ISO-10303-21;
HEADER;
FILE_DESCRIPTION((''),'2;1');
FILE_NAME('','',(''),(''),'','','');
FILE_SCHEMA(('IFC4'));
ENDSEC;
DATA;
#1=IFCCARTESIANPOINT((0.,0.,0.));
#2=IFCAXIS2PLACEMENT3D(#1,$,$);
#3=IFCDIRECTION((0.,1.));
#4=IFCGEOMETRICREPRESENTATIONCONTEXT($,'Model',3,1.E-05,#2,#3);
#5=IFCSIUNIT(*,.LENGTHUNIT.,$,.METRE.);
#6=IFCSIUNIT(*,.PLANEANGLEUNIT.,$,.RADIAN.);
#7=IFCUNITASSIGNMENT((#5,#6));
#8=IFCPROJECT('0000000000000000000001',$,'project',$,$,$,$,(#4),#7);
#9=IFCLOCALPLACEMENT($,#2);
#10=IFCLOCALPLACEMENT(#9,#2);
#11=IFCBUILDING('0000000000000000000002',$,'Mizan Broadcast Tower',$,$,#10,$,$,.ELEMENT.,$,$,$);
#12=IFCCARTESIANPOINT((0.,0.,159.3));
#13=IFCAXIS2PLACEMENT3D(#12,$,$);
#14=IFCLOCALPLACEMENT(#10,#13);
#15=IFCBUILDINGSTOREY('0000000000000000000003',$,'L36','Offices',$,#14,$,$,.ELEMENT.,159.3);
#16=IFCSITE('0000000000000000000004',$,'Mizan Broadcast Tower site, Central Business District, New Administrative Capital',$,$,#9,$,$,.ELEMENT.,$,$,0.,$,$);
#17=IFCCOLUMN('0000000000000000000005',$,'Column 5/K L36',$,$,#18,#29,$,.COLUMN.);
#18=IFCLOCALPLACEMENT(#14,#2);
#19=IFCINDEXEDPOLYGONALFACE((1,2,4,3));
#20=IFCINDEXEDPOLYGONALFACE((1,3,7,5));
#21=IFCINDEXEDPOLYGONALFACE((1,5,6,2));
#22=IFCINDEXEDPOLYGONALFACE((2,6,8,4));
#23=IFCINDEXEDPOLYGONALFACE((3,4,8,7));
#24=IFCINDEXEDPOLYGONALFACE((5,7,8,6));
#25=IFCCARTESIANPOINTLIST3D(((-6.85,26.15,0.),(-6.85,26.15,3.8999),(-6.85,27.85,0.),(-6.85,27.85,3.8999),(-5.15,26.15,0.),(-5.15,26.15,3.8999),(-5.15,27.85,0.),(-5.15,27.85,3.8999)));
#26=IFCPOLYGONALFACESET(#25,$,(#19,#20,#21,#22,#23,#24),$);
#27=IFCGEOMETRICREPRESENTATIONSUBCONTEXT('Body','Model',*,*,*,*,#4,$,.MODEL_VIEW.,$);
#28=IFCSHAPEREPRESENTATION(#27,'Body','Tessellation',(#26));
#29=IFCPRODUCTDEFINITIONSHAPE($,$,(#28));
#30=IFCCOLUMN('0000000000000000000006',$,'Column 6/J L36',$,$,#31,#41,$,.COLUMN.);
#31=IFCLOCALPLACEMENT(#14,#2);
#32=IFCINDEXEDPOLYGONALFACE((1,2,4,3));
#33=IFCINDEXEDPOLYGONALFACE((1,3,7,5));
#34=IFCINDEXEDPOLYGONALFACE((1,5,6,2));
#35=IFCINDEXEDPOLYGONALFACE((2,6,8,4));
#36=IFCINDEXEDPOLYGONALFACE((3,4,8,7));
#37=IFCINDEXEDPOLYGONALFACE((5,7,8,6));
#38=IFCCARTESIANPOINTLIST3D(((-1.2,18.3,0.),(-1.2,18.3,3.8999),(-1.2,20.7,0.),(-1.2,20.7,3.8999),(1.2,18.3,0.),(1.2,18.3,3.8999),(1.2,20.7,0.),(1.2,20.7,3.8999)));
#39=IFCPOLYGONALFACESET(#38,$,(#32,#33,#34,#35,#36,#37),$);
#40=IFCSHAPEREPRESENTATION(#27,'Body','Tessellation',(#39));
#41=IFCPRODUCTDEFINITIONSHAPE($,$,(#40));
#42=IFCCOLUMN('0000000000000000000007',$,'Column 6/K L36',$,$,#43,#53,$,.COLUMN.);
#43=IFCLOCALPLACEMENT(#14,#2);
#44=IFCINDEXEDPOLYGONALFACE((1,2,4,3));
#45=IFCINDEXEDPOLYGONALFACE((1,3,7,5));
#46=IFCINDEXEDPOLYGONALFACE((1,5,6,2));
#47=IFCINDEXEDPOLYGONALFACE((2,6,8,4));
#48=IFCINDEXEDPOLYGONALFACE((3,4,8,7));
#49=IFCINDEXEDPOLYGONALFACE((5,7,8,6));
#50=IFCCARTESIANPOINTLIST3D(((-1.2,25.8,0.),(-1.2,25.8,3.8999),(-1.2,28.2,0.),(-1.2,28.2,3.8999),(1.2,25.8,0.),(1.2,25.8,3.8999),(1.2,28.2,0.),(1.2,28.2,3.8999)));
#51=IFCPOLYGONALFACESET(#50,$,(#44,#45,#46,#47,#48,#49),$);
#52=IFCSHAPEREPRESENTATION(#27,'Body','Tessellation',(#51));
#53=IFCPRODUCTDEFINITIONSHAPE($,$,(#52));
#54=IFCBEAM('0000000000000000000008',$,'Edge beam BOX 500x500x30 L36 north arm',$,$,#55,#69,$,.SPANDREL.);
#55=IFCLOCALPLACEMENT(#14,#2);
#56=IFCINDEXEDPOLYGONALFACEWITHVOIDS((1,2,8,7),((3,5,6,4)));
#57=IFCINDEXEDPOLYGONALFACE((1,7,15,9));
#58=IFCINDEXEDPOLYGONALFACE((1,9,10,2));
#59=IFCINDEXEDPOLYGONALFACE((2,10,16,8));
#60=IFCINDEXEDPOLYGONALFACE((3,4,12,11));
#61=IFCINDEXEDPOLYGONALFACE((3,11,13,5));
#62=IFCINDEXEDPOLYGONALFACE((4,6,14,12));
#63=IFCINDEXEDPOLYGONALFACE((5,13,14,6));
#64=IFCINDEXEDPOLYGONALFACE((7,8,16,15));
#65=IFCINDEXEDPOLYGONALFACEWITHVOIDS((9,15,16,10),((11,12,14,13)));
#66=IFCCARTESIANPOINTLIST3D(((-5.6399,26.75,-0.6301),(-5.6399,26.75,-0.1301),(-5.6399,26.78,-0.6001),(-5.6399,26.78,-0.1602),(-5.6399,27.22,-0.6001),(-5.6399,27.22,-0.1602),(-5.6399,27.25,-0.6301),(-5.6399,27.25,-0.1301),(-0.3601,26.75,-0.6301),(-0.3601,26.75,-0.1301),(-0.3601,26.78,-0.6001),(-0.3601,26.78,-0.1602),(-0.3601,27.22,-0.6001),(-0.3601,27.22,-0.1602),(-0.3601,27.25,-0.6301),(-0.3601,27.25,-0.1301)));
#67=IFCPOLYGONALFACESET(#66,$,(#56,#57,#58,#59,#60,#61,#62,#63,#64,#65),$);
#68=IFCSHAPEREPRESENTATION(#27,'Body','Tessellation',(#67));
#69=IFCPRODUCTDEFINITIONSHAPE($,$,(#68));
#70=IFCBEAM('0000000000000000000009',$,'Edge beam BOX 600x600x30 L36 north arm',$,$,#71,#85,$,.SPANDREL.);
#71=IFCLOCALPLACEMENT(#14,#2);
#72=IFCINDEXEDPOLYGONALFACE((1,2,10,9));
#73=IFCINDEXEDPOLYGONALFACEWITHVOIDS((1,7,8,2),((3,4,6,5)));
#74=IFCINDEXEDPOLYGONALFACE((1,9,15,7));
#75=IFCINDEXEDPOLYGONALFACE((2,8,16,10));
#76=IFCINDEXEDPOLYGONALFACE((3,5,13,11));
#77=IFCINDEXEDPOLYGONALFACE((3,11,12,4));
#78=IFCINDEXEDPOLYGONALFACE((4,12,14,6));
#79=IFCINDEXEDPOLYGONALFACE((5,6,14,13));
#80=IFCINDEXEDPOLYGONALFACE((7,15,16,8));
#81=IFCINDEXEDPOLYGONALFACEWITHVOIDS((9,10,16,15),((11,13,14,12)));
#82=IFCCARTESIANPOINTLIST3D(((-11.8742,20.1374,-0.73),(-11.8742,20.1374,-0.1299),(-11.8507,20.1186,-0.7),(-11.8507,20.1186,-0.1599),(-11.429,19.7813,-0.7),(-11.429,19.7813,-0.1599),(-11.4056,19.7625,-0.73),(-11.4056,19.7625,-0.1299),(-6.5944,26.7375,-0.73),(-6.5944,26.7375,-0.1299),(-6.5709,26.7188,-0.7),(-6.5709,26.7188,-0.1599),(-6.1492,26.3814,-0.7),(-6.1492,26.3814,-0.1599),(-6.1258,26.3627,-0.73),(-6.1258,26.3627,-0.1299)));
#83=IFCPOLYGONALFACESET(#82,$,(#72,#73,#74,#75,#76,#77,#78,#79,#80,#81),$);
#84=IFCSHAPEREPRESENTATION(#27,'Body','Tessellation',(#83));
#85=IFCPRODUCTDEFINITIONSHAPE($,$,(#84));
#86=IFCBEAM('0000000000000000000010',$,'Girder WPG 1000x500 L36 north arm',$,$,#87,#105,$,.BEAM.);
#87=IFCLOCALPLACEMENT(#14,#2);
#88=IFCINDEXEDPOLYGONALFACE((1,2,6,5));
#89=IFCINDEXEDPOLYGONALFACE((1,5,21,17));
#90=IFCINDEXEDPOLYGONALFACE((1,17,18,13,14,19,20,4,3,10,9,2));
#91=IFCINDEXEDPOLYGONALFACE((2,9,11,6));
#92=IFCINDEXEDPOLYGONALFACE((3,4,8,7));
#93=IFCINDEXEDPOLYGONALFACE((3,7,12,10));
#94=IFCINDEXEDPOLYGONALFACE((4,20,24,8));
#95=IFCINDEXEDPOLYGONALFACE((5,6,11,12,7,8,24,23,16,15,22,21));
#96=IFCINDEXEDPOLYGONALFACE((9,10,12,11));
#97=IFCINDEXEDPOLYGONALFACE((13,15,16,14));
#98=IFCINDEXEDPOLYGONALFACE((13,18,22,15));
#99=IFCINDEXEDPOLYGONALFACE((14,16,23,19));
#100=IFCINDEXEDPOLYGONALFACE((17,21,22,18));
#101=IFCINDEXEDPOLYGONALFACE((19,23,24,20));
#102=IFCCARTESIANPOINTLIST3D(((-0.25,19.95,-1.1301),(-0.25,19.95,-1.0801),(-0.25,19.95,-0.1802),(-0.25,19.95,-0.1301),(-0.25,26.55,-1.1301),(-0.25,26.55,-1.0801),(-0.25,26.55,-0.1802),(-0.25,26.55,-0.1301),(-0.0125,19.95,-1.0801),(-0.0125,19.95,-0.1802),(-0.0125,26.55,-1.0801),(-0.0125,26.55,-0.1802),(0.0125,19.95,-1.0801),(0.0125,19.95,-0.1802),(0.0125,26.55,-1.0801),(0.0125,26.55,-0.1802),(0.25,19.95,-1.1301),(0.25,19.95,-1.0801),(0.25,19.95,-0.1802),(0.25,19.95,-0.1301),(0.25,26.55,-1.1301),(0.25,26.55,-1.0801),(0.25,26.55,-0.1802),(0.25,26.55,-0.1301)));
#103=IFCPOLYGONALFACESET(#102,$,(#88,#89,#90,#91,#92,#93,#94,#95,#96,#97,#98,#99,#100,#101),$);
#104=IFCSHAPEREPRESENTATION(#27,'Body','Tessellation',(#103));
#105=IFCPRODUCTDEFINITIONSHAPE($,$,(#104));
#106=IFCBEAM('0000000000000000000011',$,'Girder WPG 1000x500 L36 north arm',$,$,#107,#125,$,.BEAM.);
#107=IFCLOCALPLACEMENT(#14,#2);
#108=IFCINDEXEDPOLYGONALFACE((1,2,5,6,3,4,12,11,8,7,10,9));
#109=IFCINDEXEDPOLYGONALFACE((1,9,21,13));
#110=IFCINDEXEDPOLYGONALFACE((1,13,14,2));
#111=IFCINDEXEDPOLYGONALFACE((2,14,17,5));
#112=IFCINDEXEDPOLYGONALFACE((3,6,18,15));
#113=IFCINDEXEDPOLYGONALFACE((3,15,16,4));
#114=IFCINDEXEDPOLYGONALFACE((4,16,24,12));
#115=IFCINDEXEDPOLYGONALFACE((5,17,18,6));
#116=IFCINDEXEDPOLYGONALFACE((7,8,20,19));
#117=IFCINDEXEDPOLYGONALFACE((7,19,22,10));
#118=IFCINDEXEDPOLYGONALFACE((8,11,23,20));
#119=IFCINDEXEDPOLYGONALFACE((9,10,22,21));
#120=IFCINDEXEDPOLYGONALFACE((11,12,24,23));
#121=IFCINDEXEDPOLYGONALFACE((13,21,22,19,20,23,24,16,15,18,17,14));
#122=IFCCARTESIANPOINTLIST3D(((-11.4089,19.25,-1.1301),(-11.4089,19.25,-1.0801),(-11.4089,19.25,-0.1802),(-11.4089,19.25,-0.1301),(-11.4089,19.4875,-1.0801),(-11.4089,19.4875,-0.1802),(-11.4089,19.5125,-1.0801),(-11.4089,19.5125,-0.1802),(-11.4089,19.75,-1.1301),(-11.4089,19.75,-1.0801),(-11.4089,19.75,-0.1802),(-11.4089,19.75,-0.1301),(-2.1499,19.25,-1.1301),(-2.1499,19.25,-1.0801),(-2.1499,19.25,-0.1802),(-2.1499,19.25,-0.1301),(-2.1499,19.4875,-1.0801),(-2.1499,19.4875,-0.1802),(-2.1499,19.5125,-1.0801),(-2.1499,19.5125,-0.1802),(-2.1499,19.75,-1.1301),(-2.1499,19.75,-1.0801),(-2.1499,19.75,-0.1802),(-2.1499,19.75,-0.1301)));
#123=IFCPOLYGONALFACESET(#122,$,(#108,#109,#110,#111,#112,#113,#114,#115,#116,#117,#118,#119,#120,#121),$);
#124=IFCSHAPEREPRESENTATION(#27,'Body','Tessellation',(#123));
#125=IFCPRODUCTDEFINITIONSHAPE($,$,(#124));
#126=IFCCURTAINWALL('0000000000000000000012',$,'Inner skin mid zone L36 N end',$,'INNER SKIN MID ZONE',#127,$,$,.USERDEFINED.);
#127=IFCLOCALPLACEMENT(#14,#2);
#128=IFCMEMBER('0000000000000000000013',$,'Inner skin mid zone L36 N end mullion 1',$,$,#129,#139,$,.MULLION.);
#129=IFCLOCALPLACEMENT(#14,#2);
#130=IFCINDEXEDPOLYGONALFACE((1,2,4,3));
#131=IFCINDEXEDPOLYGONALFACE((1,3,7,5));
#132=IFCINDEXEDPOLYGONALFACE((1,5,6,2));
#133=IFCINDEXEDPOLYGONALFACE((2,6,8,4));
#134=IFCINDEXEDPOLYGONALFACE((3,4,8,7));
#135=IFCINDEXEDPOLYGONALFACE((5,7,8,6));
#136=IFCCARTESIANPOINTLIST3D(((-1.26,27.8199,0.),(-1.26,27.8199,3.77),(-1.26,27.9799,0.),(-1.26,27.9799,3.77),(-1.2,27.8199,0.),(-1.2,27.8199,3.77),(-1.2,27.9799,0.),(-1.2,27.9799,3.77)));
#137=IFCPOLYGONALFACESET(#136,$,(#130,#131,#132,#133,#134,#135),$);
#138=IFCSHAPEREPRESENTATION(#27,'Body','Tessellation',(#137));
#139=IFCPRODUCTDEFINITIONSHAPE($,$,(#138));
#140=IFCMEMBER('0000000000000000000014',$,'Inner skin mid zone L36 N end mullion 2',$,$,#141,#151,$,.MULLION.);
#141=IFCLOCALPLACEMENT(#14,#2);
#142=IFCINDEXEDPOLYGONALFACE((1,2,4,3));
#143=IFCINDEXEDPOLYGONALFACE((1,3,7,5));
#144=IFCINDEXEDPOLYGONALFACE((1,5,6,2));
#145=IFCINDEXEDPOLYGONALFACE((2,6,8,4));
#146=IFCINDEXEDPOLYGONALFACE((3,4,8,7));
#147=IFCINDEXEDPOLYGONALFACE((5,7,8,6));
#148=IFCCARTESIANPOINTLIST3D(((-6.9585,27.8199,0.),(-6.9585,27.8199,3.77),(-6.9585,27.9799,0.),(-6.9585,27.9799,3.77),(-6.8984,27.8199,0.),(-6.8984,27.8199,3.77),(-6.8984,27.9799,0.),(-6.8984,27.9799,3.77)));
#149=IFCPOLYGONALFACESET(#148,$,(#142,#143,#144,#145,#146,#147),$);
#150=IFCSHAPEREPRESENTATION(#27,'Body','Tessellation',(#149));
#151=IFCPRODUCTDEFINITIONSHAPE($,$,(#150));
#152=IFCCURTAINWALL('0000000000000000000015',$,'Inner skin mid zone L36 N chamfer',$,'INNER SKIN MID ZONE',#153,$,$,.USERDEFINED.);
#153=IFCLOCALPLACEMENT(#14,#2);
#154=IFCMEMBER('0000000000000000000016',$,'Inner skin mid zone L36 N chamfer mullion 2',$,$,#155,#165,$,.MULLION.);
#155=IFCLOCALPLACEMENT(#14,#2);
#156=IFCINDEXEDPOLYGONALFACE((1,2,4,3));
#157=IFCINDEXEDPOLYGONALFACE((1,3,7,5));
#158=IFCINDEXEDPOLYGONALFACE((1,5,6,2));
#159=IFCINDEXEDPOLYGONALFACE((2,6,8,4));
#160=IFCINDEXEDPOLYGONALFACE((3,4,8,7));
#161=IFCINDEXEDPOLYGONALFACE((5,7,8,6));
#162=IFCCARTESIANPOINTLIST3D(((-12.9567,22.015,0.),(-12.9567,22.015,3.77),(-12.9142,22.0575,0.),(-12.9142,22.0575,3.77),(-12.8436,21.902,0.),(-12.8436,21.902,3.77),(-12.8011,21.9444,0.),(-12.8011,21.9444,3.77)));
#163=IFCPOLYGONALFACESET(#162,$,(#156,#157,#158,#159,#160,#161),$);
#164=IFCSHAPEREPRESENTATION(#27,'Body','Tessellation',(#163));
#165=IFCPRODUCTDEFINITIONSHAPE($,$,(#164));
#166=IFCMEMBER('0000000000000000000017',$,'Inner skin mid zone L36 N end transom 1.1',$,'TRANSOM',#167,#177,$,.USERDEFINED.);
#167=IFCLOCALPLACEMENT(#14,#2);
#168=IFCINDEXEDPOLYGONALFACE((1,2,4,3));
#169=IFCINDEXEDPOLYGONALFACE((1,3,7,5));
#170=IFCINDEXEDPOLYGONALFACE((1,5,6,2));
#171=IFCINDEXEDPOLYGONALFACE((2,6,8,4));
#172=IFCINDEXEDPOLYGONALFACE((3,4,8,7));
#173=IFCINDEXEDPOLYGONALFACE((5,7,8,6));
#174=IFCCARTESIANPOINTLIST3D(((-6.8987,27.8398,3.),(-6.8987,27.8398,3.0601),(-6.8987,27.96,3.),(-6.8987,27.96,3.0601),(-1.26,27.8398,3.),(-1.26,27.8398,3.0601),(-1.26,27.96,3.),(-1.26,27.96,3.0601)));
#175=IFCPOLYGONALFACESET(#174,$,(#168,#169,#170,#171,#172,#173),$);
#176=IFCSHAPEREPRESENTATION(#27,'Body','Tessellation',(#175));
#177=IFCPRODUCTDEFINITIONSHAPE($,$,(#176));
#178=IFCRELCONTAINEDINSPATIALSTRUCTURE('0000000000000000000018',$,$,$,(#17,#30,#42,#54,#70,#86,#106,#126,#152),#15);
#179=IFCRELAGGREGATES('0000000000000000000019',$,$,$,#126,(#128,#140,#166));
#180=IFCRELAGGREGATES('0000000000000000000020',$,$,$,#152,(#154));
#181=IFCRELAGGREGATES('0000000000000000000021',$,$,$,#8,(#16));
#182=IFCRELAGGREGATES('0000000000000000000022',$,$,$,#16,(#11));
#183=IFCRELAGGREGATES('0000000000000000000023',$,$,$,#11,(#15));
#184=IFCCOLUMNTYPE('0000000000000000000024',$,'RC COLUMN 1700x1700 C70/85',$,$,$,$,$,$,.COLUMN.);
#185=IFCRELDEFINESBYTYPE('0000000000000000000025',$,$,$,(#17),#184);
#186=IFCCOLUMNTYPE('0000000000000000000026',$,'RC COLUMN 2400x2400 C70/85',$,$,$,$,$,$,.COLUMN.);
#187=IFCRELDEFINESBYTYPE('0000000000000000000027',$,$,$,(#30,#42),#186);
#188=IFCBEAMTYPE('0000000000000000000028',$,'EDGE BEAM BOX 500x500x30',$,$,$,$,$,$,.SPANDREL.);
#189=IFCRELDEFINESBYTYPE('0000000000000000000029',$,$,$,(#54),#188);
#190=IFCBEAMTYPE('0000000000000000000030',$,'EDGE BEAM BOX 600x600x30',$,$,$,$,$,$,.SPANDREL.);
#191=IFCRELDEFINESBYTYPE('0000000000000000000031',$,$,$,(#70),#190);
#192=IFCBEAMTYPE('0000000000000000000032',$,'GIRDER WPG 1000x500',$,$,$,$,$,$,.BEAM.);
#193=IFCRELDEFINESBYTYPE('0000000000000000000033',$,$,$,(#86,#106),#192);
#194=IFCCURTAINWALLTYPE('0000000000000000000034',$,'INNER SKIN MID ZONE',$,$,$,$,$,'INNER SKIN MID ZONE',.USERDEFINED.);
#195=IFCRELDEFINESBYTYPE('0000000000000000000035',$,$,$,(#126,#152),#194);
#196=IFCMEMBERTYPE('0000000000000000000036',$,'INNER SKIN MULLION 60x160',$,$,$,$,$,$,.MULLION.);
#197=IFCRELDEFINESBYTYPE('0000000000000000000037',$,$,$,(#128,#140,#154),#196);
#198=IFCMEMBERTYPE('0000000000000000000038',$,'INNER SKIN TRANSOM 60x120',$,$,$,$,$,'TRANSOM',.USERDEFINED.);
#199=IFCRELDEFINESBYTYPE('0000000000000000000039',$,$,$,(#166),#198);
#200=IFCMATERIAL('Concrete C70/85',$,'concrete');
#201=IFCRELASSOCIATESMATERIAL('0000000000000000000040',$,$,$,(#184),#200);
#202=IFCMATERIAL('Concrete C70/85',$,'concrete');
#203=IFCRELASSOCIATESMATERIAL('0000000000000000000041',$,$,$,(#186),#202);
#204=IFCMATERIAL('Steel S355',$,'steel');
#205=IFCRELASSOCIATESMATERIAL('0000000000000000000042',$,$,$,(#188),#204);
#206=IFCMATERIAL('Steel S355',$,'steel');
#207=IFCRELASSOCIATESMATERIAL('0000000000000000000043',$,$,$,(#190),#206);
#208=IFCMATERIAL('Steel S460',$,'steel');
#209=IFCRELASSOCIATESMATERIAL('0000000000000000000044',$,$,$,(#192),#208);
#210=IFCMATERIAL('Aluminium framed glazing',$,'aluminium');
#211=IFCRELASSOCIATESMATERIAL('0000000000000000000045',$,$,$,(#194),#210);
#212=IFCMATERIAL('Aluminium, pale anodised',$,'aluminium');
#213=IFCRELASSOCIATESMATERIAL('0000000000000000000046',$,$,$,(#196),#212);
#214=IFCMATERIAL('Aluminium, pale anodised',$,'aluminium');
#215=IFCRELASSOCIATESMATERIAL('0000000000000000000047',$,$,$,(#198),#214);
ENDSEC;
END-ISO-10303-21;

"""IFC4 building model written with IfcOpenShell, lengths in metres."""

from ifc_helpers import new_model, si_unit, direction, frame, origin, origin_2d, place, context, subcontext, project, spatial, rectangle, hollow_rectangle, i_section, extrude, material, material_profile, profile_set, type_object, element, aggregate, save


model = new_model("IFC4")

# Units and contexts
model_context = context("Model", 3, precision=1e-05, world=origin(), true_north=direction((0.0, 1.0)))
body_context = subcontext(model_context, "Body", "Model", "MODEL_VIEW")
ifc_project = project(units=[si_unit("LENGTHUNIT", "METRE"), si_unit("PLANEANGLEUNIT", "RADIAN")], contexts=[model_context])

# Site, building, storey
site_placement = place(None, origin())
site = spatial("IfcSite", under=ifc_project, at=site_placement, Name="Mizan Broadcast Tower site, Central Business District, New Administrative Capital", CompositionType="ELEMENT", RefElevation=0.0)
building_placement = place(site_placement, origin())
building = spatial("IfcBuilding", under=site, at=building_placement, Name="Mizan Broadcast Tower", CompositionType="ELEMENT")
storey_placement = place(building_placement, frame((0.0, 0.0, 159.3)))
storey = spatial("IfcBuildingStorey", under=building, at=storey_placement, Name="L36", Description="Offices", CompositionType="ELEMENT", Elevation=159.3)

# Columns
ifc_material_1 = material(Name="Concrete C70/85", Category="concrete")
ifc_material_profile_1 = material_profile(ifc_material_1, rectangle(XDim=1.7, YDim=1.7, at=origin_2d()), Name="RC 1700x1700")
ifc_profile_set_1 = profile_set([ifc_material_profile_1], Name="Concrete C70/85")
column_type_1 = type_object("IfcColumnType", Name="RC COLUMN 1700x1700 C70/85", PredefinedType="COLUMN", material=ifc_profile_set_1)
column_placement = place(storey_placement, frame((-6.0, 27.0, 0.0), z_axis=(0.0, 0.0, 1.0), x_axis=(1.0, 0.0, 0.0)))
element("IfcColumn", 1, at=column_placement, inside=storey, type_object=column_type_1, Name="Column 5/K L36", PredefinedType="COLUMN", context=body_context, shape_type="SweptSolid", body=[
    extrude(rectangle(XDim=1.7, YDim=1.7, at=origin_2d()), origin(), (0.0, 0.0, 1.0), 3.8999),
])
ifc_material_2 = material(Name="Concrete C70/85", Category="concrete")
ifc_material_profile_2 = material_profile(ifc_material_2, rectangle(XDim=2.3999, YDim=2.3999, at=origin_2d()), Name="RC 2400x2400")
ifc_profile_set_2 = profile_set([ifc_material_profile_2], Name="Concrete C70/85")
column_type_2 = type_object("IfcColumnType", Name="RC COLUMN 2400x2400 C70/85", PredefinedType="COLUMN", material=ifc_profile_set_2)
for number, where, z_axis, x_axis, name in (
    (2, (0.0, 19.5, 0.0), (0.0, 0.0, 1.0), (1.0, 0.0, 0.0), "Column 6/J L36"),
    (3, (0.0, 27.0, 0.0), (0.0, 0.0, 1.0), (1.0, 0.0, 0.0), "Column 6/K L36"),
):
    element("IfcColumn", number, at=place(storey_placement, frame(where, z_axis=z_axis, x_axis=x_axis)), inside=storey, type_object=column_type_2, Name=name, PredefinedType="COLUMN", context=body_context, shape_type="SweptSolid", body=[
        extrude(rectangle(XDim=2.3999, YDim=2.3999, at=origin_2d()), origin(), (0.0, 0.0, 1.0), 3.8999),
    ])

# Beams
ifc_material_3 = material(Name="Steel S355", Category="steel")
ifc_material_profile_3 = material_profile(ifc_material_3, hollow_rectangle(XDim=0.5, YDim=0.5, WallThickness=0.03, at=origin_2d()), Name="BOX 500x500x30")
ifc_profile_set_3 = profile_set([ifc_material_profile_3], Name="Steel S355")
beam_type_1 = type_object("IfcBeamType", Name="EDGE BEAM BOX 500x500x30", PredefinedType="SPANDREL", material=ifc_profile_set_3)
beam_1_placement = place(storey_placement, frame((-5.6399, 27.0, -0.3801), z_axis=(1.0, 0.0, 0.0), x_axis=(0.0, 1.0, 0.0)))
element("IfcBeam", 4, at=beam_1_placement, inside=storey, type_object=beam_type_1, Name="Edge beam BOX 500x500x30 L36 north arm", PredefinedType="SPANDREL", context=body_context, shape_type="SweptSolid", body=[
    extrude(hollow_rectangle(XDim=0.5, YDim=0.5, WallThickness=0.03, at=origin_2d()), origin(), (0.0, 0.0, 1.0), 5.2798),
])
ifc_material_4 = material(Name="Steel S355", Category="steel")
ifc_material_profile_4 = material_profile(ifc_material_4, hollow_rectangle(XDim=0.6001, YDim=0.6001, WallThickness=0.03, at=origin_2d()), Name="BOX 600x600x30")
ifc_profile_set_4 = profile_set([ifc_material_profile_4], Name="Steel S355")
beam_type_2 = type_object("IfcBeamType", Name="EDGE BEAM BOX 600x600x30", PredefinedType="SPANDREL", material=ifc_profile_set_4)
beam_2_placement = place(storey_placement, frame((-11.6399, 19.95, -0.4299), z_axis=(0.624674, 0.780886, 0.0), x_axis=(-0.780886, 0.624674, 0.0)))
element("IfcBeam", 5, at=beam_2_placement, inside=storey, type_object=beam_type_2, Name="Edge beam BOX 600x600x30 L36 north arm", PredefinedType="SPANDREL", context=body_context, shape_type="SweptSolid", body=[
    extrude(hollow_rectangle(XDim=0.6001, YDim=0.6001, WallThickness=0.03, at=origin_2d()), origin(), (0.0, 0.0, 1.0), 8.4521),
])
ifc_material_5 = material(Name="Steel S460", Category="steel")
ifc_material_profile_5 = material_profile(ifc_material_5, i_section(OverallWidth=0.5, OverallDepth=1.0, WebThickness=0.0249, FlangeThickness=0.05, at=origin_2d()), Name="WPG 1000x500")
ifc_profile_set_5 = profile_set([ifc_material_profile_5], Name="Steel S460")
beam_type_3 = type_object("IfcBeamType", Name="GIRDER WPG 1000x500", PredefinedType="BEAM", material=ifc_profile_set_5)
beam_3_placement = place(storey_placement, frame((0.0, 19.95, -0.6301), z_axis=(0.0, 1.0, 0.0), x_axis=(-1.0, 0.0, 0.0)))
element("IfcBeam", 6, at=beam_3_placement, inside=storey, type_object=beam_type_3, Name="Girder WPG 1000x500 L36 north arm", PredefinedType="BEAM", context=body_context, shape_type="SweptSolid", body=[
    extrude(i_section(OverallWidth=0.5, OverallDepth=1.0, WebThickness=0.0249, FlangeThickness=0.05, at=origin_2d()), origin(), (0.0, 0.0, 1.0), 6.6001),
])
beam_4_placement = place(storey_placement, frame((-11.4089, 19.5, -0.6301), z_axis=(1.0, 0.0, 0.0), x_axis=(0.0, 1.0, 0.0)))
element("IfcBeam", 7, at=beam_4_placement, inside=storey, type_object=beam_type_3, Name="Girder WPG 1000x500 L36 north arm", PredefinedType="BEAM", context=body_context, shape_type="SweptSolid", body=[
    extrude(i_section(OverallWidth=0.5, OverallDepth=1.0, WebThickness=0.0249, FlangeThickness=0.05, at=origin_2d()), origin(), (0.0, 0.0, 1.0), 9.259),
])

# Curtain wall, members
ifc_material_6 = material(Name="Aluminium framed glazing", Category="aluminium")
curtain_wall_type_1 = type_object("IfcCurtainWallType", Name="INNER SKIN MID ZONE", ElementType="INNER SKIN MID ZONE", PredefinedType="USERDEFINED", material=ifc_material_6)
curtain_wall_1_placement = place(storey_placement, origin())
curtain_wall_1 = element("IfcCurtainWall", 8, at=curtain_wall_1_placement, inside=storey, type_object=curtain_wall_type_1, Name="Inner skin mid zone L36 N end", ObjectType="INNER SKIN MID ZONE", PredefinedType="USERDEFINED")
ifc_material_7 = material(Name="Aluminium, pale anodised", Category="aluminium")
ifc_material_profile_6 = material_profile(ifc_material_7, rectangle(XDim=0.1599, YDim=0.0601, at=origin_2d()), Name="MULLION 160x60")
ifc_profile_set_6 = profile_set([ifc_material_profile_6], Name="Aluminium, pale anodised")
member_type_1 = type_object("IfcMemberType", Name="INNER SKIN MULLION 60x160", PredefinedType="MULLION", material=ifc_profile_set_6)
member_1_placement = place(storey_placement, frame((-1.23, 27.8999, 0.0), z_axis=(0.0, 0.0, 1.0), x_axis=(0.0, -1.0, 0.0)))
member_1 = element("IfcMember", 9, at=member_1_placement, type_object=member_type_1, Name="Inner skin mid zone L36 N end mullion 1", PredefinedType="MULLION", context=body_context, shape_type="SweptSolid", body=[
    extrude(rectangle(XDim=0.1599, YDim=0.0601, at=origin_2d()), origin(), (0.0, 0.0, 1.0), 3.77),
])
member_2_placement = place(storey_placement, frame((-6.9285, 27.8999, 0.0), z_axis=(0.0, 0.0, 1.0), x_axis=(0.0, -1.0, 0.0)))
member_2 = element("IfcMember", 10, at=member_2_placement, type_object=member_type_1, Name="Inner skin mid zone L36 N end mullion 2", PredefinedType="MULLION", context=body_context, shape_type="SweptSolid", body=[
    extrude(rectangle(XDim=0.1599, YDim=0.0601, at=origin_2d()), origin(), (0.0, 0.0, 1.0), 3.77),
])

# Curtain wall, member
curtain_wall_2_placement = place(storey_placement, origin())
curtain_wall_2 = element("IfcCurtainWall", 11, at=curtain_wall_2_placement, inside=storey, type_object=curtain_wall_type_1, Name="Inner skin mid zone L36 N chamfer", ObjectType="INNER SKIN MID ZONE", PredefinedType="USERDEFINED")
member_3_placement = place(storey_placement, frame((-12.8789, 21.9797, 0.0), z_axis=(0.0, 0.0, 1.0), x_axis=(0.707107, -0.707107, 0.0)))
member_3 = element("IfcMember", 12, at=member_3_placement, type_object=member_type_1, Name="Inner skin mid zone L36 N chamfer mullion 2", PredefinedType="MULLION", context=body_context, shape_type="SweptSolid", body=[
    extrude(rectangle(XDim=0.1599, YDim=0.0601, at=origin_2d()), origin(), (0.0, 0.0, 1.0), 3.77),
])

# Member
ifc_material_8 = material(Name="Aluminium, pale anodised", Category="aluminium")
ifc_material_profile_7 = material_profile(ifc_material_8, rectangle(XDim=0.1201, YDim=0.0601, at=origin_2d()), Name="TRANSOM 120x60")
ifc_profile_set_7 = profile_set([ifc_material_profile_7], Name="Aluminium, pale anodised")
member_type_2 = type_object("IfcMemberType", Name="INNER SKIN TRANSOM 60x120", ElementType="TRANSOM", PredefinedType="USERDEFINED", material=ifc_profile_set_7)
member_4_placement = place(storey_placement, frame((-1.26, 27.8999, 3.03), z_axis=(-1.0, 0.0, 0.0), x_axis=(0.0, -1.0, 0.0)))
member_4 = element("IfcMember", 13, at=member_4_placement, type_object=member_type_2, Name="Inner skin mid zone L36 N end transom 1.1", ObjectType="TRANSOM", PredefinedType="USERDEFINED", context=body_context, shape_type="SweptSolid", body=[
    extrude(rectangle(XDim=0.1201, YDim=0.0601, at=origin_2d()), origin(), (0.0, 0.0, 1.0), 5.6387),
])

aggregate(curtain_wall_1, [member_1, member_2, member_4])
aggregate(curtain_wall_2, [member_3])

save(model, "model.ifc")
